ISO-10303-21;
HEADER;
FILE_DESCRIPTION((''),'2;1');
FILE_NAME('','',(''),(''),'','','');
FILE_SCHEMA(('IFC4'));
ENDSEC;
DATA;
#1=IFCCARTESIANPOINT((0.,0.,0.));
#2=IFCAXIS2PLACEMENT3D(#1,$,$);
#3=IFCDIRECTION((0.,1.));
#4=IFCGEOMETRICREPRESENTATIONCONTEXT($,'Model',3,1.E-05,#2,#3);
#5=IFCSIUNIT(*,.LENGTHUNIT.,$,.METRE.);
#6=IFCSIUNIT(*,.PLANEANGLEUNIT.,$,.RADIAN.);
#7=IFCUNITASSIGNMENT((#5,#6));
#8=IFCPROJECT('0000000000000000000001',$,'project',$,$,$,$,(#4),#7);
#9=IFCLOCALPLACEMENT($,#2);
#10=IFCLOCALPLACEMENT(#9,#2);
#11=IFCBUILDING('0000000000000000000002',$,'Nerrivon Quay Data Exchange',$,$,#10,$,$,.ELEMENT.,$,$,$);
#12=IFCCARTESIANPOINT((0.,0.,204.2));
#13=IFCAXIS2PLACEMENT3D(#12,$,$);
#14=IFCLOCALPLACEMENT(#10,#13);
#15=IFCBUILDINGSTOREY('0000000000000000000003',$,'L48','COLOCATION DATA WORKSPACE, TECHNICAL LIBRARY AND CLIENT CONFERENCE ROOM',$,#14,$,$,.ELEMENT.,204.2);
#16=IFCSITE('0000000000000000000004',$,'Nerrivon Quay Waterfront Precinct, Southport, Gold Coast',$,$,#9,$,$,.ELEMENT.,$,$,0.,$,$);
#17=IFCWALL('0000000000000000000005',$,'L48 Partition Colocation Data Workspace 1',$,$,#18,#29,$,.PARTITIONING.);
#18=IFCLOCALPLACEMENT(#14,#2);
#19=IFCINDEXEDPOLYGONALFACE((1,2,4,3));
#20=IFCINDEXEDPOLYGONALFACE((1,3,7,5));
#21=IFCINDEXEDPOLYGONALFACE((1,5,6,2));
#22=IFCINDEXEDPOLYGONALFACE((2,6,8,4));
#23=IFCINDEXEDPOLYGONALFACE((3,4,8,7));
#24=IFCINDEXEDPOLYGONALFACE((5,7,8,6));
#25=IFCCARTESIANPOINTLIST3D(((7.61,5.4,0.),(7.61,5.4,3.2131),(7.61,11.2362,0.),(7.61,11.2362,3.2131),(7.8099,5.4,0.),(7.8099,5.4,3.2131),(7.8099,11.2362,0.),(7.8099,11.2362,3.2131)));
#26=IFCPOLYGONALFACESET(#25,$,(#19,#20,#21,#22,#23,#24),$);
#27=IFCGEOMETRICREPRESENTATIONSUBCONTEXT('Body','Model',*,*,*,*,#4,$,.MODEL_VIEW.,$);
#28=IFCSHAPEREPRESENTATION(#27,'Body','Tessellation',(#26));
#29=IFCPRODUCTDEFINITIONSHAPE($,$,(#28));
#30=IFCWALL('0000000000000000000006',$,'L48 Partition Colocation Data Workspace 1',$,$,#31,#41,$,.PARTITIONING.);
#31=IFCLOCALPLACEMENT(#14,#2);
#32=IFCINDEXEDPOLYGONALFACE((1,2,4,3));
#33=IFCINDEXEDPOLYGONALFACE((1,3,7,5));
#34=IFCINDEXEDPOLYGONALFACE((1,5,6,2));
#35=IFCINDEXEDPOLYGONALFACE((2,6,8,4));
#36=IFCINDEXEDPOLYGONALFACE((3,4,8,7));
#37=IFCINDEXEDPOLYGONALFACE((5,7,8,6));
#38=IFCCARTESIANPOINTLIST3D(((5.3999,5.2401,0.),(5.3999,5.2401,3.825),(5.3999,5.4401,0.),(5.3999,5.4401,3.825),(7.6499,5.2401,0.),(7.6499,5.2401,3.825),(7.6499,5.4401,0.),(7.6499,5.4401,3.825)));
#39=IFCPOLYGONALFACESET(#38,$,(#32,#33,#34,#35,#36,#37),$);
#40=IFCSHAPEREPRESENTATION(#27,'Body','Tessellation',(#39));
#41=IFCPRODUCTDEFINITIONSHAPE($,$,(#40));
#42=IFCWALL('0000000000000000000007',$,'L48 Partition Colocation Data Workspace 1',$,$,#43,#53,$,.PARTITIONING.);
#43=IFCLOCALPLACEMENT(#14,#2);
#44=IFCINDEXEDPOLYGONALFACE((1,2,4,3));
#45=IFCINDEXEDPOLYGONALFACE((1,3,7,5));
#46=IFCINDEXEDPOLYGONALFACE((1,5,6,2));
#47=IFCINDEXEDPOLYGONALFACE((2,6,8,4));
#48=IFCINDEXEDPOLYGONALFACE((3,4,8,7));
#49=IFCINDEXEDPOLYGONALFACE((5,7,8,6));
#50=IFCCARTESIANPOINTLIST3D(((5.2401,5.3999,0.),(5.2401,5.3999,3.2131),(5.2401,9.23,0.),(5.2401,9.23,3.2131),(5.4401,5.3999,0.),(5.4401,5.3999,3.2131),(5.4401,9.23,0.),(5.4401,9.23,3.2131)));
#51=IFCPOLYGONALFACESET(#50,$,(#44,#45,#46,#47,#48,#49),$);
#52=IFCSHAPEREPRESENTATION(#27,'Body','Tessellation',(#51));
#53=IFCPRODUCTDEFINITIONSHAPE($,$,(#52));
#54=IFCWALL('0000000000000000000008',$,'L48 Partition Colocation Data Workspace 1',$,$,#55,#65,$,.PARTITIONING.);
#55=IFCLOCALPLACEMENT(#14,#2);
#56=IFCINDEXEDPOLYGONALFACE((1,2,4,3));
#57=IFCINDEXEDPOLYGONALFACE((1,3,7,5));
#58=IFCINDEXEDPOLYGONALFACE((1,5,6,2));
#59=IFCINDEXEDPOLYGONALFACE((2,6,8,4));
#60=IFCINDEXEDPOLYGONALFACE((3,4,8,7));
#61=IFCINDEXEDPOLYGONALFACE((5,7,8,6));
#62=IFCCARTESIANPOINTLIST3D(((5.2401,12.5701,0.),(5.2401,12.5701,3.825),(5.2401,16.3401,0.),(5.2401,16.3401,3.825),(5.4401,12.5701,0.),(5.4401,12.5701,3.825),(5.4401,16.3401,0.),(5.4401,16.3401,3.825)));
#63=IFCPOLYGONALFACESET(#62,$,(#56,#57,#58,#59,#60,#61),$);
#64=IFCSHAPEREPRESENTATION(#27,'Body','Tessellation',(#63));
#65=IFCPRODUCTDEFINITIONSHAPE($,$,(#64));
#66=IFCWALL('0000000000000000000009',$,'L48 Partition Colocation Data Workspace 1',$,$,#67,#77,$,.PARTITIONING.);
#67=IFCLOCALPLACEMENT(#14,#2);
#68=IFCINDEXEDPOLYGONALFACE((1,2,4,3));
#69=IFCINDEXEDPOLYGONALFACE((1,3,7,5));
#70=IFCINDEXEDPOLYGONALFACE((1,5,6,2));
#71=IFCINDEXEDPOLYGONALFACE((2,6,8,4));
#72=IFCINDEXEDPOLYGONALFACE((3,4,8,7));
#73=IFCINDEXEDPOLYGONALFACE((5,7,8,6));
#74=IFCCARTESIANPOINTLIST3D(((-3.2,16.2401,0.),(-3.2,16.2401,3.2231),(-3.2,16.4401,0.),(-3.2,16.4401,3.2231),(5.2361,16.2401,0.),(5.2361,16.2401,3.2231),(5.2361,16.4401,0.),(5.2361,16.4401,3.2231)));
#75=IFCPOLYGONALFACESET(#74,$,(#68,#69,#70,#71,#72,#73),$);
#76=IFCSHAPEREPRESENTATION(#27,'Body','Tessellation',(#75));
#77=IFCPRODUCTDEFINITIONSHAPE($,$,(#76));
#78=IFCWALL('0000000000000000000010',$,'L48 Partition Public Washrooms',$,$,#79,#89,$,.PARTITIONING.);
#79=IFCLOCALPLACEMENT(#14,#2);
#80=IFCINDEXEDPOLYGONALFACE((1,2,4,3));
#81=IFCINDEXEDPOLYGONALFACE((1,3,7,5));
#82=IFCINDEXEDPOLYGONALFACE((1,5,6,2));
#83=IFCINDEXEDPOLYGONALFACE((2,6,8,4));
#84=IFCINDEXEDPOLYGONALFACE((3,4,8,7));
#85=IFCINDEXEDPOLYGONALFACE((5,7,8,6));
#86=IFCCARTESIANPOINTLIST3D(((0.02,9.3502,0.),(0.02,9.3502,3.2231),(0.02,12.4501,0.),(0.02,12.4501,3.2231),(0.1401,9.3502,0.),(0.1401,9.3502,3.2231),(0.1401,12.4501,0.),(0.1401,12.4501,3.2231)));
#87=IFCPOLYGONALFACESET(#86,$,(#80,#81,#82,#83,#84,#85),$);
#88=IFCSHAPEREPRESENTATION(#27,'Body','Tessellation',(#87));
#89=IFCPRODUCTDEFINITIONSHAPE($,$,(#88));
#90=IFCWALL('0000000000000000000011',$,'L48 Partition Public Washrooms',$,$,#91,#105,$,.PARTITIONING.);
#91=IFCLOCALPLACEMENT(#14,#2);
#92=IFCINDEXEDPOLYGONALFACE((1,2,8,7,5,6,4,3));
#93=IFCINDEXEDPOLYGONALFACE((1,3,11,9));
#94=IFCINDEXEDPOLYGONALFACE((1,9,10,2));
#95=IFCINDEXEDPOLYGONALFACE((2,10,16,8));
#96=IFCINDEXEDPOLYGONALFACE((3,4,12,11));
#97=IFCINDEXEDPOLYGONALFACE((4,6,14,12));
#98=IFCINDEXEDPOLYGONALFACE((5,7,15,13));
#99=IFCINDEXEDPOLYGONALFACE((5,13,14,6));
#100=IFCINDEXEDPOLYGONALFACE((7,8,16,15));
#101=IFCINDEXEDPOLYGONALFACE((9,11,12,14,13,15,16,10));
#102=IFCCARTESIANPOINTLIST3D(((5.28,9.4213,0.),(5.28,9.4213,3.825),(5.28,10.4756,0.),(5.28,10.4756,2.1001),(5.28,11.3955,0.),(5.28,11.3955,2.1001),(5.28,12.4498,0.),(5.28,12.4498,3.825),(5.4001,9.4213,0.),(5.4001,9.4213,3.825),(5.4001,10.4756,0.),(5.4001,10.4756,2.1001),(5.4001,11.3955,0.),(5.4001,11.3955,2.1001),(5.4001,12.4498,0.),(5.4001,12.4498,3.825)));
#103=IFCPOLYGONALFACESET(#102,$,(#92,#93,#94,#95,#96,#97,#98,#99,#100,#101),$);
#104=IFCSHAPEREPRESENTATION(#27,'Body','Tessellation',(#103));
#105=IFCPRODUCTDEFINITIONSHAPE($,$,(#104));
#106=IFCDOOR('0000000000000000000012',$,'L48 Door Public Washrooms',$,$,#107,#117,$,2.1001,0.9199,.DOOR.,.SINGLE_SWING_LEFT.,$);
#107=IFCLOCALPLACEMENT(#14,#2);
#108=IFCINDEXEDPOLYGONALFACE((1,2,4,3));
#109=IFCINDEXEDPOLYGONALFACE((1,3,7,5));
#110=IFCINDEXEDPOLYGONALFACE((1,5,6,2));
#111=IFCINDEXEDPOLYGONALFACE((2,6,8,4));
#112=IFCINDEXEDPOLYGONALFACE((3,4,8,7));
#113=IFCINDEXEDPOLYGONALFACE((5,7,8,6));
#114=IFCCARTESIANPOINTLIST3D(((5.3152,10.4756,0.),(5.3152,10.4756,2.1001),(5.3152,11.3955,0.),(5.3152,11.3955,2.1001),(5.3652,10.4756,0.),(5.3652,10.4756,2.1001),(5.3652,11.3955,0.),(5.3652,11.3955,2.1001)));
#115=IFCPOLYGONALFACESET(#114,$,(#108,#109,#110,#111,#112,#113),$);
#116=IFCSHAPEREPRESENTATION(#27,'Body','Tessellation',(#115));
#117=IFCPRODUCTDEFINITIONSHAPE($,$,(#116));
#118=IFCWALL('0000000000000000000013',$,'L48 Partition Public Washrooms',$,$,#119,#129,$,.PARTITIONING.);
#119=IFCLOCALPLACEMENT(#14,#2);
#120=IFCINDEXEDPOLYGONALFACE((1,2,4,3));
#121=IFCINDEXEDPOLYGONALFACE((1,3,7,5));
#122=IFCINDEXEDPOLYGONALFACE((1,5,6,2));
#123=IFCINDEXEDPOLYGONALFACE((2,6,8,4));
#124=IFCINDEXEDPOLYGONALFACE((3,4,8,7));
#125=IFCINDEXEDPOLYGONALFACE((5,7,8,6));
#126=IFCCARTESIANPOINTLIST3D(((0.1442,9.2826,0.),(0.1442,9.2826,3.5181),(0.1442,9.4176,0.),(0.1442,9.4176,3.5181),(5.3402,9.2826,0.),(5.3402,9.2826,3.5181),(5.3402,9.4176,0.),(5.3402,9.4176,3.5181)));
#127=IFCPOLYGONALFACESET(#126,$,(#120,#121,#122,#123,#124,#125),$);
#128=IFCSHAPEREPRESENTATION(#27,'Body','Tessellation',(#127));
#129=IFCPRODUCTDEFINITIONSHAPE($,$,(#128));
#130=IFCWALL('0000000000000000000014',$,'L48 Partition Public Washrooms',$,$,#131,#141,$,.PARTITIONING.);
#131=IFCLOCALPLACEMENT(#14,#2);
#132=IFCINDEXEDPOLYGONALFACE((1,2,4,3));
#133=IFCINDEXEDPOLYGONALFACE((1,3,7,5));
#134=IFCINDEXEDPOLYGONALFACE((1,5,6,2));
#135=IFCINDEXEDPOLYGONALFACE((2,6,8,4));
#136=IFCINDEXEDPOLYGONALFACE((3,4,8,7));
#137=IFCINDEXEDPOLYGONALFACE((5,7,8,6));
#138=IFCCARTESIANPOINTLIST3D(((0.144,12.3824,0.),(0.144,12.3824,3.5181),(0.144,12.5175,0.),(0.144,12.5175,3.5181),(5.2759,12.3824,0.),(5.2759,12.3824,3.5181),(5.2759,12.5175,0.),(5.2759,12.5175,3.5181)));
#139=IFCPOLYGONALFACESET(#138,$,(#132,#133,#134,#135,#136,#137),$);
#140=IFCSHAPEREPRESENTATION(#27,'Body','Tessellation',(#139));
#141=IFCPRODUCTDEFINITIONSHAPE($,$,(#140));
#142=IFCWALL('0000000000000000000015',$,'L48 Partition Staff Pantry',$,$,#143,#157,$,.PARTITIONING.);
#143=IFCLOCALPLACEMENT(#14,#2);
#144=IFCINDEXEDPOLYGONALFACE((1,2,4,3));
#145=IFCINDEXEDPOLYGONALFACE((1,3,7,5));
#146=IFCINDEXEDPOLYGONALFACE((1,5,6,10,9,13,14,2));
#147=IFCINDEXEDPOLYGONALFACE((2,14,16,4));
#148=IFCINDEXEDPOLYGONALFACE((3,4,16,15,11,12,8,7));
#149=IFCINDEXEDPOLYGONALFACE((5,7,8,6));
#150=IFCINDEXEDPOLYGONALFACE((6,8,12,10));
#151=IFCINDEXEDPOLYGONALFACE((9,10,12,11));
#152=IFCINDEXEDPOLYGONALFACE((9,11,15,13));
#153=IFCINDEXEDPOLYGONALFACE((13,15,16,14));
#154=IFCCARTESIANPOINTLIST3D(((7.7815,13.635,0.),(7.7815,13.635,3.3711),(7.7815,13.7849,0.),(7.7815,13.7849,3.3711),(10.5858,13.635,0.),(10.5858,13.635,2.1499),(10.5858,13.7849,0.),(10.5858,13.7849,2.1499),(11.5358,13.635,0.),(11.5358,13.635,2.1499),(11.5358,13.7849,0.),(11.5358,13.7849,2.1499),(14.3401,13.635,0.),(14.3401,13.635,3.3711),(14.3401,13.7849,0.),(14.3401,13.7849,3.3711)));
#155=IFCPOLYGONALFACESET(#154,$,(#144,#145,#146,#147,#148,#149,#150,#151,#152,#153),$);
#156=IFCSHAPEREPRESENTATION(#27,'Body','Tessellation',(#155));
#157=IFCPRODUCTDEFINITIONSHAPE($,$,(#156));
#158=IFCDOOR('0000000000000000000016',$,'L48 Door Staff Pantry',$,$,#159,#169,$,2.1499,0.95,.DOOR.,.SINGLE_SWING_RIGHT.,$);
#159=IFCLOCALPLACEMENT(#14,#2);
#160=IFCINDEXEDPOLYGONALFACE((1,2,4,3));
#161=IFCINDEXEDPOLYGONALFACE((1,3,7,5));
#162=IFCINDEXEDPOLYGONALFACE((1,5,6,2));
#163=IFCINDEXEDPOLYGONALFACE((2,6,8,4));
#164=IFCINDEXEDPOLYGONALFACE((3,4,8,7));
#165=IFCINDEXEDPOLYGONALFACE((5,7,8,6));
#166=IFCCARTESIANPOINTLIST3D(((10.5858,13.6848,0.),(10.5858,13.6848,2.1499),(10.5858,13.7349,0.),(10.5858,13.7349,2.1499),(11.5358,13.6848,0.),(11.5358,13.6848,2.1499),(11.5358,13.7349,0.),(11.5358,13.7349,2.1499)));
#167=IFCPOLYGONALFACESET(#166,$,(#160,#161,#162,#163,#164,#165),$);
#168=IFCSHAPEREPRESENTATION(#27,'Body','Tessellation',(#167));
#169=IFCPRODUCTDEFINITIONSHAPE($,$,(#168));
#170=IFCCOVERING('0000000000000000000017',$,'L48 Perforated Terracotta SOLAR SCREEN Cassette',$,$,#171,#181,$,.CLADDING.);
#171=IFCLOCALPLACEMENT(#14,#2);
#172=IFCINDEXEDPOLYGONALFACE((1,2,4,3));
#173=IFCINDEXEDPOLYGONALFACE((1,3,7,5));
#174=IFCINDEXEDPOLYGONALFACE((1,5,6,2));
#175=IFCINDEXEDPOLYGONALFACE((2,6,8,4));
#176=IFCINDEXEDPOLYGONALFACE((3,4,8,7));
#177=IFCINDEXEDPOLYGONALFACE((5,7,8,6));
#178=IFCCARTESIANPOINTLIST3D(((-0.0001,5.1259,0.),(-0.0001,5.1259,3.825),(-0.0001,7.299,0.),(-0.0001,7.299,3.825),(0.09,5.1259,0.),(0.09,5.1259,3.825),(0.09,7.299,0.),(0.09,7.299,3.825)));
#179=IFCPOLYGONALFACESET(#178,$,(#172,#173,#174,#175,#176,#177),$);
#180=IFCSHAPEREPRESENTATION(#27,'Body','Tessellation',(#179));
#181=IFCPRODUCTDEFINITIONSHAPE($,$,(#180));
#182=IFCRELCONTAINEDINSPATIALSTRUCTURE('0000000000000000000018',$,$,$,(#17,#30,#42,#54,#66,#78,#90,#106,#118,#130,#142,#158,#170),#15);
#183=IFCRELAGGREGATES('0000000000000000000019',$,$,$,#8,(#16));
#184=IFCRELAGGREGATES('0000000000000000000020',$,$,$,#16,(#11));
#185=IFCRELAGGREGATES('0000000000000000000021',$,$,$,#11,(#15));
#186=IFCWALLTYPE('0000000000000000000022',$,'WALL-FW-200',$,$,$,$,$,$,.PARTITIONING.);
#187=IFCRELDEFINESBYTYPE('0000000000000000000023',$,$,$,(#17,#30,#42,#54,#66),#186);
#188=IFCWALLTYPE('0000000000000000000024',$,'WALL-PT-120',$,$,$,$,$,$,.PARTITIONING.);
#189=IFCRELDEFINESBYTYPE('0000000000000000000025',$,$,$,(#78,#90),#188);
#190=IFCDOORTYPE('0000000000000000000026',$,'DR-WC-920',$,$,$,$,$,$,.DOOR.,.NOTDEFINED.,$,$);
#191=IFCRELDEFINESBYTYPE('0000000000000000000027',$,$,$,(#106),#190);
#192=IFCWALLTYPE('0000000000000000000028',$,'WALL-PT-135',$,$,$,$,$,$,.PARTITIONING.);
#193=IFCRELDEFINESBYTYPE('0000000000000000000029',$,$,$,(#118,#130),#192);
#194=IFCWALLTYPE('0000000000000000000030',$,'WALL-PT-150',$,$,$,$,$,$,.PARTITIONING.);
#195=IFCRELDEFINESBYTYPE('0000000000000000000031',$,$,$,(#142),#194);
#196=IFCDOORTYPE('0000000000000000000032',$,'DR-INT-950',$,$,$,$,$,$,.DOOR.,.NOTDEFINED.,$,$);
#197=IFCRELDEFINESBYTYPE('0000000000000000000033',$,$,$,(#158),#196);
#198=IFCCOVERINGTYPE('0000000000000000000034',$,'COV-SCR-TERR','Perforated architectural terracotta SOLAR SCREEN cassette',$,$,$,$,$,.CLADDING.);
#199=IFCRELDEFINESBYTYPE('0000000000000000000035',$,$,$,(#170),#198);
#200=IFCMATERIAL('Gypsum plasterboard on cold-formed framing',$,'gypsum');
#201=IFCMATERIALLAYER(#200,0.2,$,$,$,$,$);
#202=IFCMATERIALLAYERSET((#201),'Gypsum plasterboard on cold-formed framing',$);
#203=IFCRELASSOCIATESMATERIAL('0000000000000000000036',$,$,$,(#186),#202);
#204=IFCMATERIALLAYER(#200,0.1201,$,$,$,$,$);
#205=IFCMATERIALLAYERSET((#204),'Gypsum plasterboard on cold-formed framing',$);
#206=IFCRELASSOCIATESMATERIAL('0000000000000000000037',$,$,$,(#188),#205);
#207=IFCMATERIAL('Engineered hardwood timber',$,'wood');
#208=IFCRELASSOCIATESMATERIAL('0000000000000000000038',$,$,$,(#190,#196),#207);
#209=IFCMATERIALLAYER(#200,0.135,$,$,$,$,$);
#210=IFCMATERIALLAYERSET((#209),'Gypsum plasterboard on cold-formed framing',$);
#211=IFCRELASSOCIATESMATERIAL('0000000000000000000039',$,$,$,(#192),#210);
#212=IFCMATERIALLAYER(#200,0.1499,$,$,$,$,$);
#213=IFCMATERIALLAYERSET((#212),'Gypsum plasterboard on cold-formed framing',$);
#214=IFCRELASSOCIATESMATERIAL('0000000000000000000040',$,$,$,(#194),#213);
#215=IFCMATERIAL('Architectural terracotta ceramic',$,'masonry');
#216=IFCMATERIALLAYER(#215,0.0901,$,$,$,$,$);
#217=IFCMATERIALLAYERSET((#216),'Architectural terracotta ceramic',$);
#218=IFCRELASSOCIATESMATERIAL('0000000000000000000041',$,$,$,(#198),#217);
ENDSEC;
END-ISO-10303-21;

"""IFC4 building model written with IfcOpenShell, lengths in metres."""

from ifc_helpers import new_model, si_unit, direction, frame, frame_2d, origin, origin_2d, place, context, subcontext, project, spatial, rectangle, extrude, material, layer, layer_set, type_object, element, fill, save


model = new_model("IFC4")

# Units and contexts
model_context = context("Model", 3, precision=1e-05, world=origin(), true_north=direction((0.0, 1.0)))
body_context = subcontext(model_context, "Body", "Model", "MODEL_VIEW")
ifc_project = project(units=[si_unit("LENGTHUNIT", "METRE"), si_unit("PLANEANGLEUNIT", "RADIAN")], contexts=[model_context])

# Site, building, storey
site_placement = place(None, origin())
site = spatial("IfcSite", under=ifc_project, at=site_placement, Name="Nerrivon Quay Waterfront Precinct, Southport, Gold Coast", CompositionType="ELEMENT", RefElevation=0.0)
building_placement = place(site_placement, origin())
building = spatial("IfcBuilding", under=site, at=building_placement, Name="Nerrivon Quay Data Exchange", CompositionType="ELEMENT")
storey_placement = place(building_placement, frame((0.0, 0.0, 204.2)))
storey = spatial("IfcBuildingStorey", under=building, at=storey_placement, Name="L48", Description="COLOCATION DATA WORKSPACE, TECHNICAL LIBRARY AND CLIENT CONFERENCE ROOM", CompositionType="ELEMENT", Elevation=204.2)

# Walls
ifc_material_1 = material(Name="Gypsum plasterboard on cold-formed framing", Category="gypsum")
ifc_layer_1 = layer(ifc_material_1, 0.2)
ifc_layer_set_1 = layer_set([ifc_layer_1], Name="Gypsum plasterboard on cold-formed framing")
wall_type_1 = type_object("IfcWallType", Name="WALL-FW-200", PredefinedType="PARTITIONING", material=ifc_layer_set_1)
wall_1_placement = place(storey_placement, frame((7.71, 11.2361, 0.0), z_axis=(0.0, 0.0, 1.0), x_axis=(0.0, -1.0, 0.0)))
element("IfcWall", 1, at=wall_1_placement, inside=storey, type_object=wall_type_1, Name="L48 Partition Colocation Data Workspace 1", PredefinedType="PARTITIONING", context=body_context, shape_type="SweptSolid", body=[
    extrude(rectangle(XDim=5.8362, YDim=0.2, at=frame_2d((2.918, 0.0))), origin(), (0.0, 0.0, 1.0), 3.2131),
])
wall_2_placement = place(storey_placement, frame((7.6499, 5.3401, 0.0), z_axis=(0.0, 0.0, 1.0), x_axis=(-1.0, 0.0, 0.0)))
element("IfcWall", 2, at=wall_2_placement, inside=storey, type_object=wall_type_1, Name="L48 Partition Colocation Data Workspace 1", PredefinedType="PARTITIONING", context=body_context, shape_type="SweptSolid", body=[
    extrude(rectangle(XDim=2.25, YDim=0.2, at=frame_2d((1.125, 0.0))), origin(), (0.0, 0.0, 1.0), 3.825),
])
wall_3_placement = place(storey_placement, frame((5.3401, 5.3999, 0.0), z_axis=(0.0, 0.0, 1.0), x_axis=(0.0, 1.0, 0.0)))
element("IfcWall", 3, at=wall_3_placement, inside=storey, type_object=wall_type_1, Name="L48 Partition Colocation Data Workspace 1", PredefinedType="PARTITIONING", context=body_context, shape_type="SweptSolid", body=[
    extrude(rectangle(XDim=3.8301, YDim=0.2, at=frame_2d((1.915, 0.0))), origin(), (0.0, 0.0, 1.0), 3.2131),
])
wall_4_placement = place(storey_placement, frame((5.3401, 12.5701, 0.0), z_axis=(0.0, 0.0, 1.0), x_axis=(0.0, 1.0, 0.0)))
element("IfcWall", 4, at=wall_4_placement, inside=storey, type_object=wall_type_1, Name="L48 Partition Colocation Data Workspace 1", PredefinedType="PARTITIONING", context=body_context, shape_type="SweptSolid", body=[
    extrude(rectangle(XDim=3.77, YDim=0.2, at=frame_2d((1.885, 0.0))), origin(), (0.0, 0.0, 1.0), 3.825),
])
wall_5_placement = place(storey_placement, frame((5.2361, 16.3401, 0.0), z_axis=(0.0, 0.0, 1.0), x_axis=(-1.0, 0.0, 0.0)))
element("IfcWall", 5, at=wall_5_placement, inside=storey, type_object=wall_type_1, Name="L48 Partition Colocation Data Workspace 1", PredefinedType="PARTITIONING", context=body_context, shape_type="SweptSolid", body=[
    extrude(rectangle(XDim=8.436, YDim=0.2, at=frame_2d((4.218, 0.0))), origin(), (0.0, 0.0, 1.0), 3.2231),
])
ifc_layer_2 = layer(ifc_material_1, 0.1201)
ifc_layer_set_2 = layer_set([ifc_layer_2], Name="Gypsum plasterboard on cold-formed framing")
wall_type_2 = type_object("IfcWallType", Name="WALL-PT-120", PredefinedType="PARTITIONING", material=ifc_layer_set_2)
wall_6_placement = place(storey_placement, frame((0.0801, 12.45, 0.0), z_axis=(0.0, 0.0, 1.0), x_axis=(0.0, -1.0, 0.0)))
element("IfcWall", 6, at=wall_6_placement, inside=storey, type_object=wall_type_2, Name="L48 Partition Public Washrooms", PredefinedType="PARTITIONING", context=body_context, shape_type="SweptSolid", body=[
    extrude(rectangle(XDim=3.0999, YDim=0.1201, at=frame_2d((1.5498, 0.0))), origin(), (0.0, 0.0, 1.0), 3.2231),
])

# Wall, opening, door
wall_7_placement = place(storey_placement, frame((5.3401, 9.4214, 0.0), z_axis=(0.0, 0.0, 1.0), x_axis=(0.0, 1.0, 0.0)))
wall_7 = element("IfcWall", 7, at=wall_7_placement, inside=storey, type_object=wall_type_2, Name="L48 Partition Public Washrooms", PredefinedType="PARTITIONING", context=body_context, shape_type="SweptSolid", body=[
    extrude(rectangle(XDim=3.0286, YDim=0.1201, at=frame_2d((1.5142, 0.0))), origin(), (0.0, 0.0, 1.0), 3.825),
])
opening_1_placement = place(wall_7_placement, frame((1.0542, 0.0, 0.0)))
opening_1 = element("IfcOpeningElement", 8, at=opening_1_placement, cuts=wall_7, PredefinedType="OPENING", context=body_context, shape_type="SweptSolid", body=[
    extrude(rectangle(XDim=0.9199, YDim=2.1001, at=frame_2d((0.46, 1.05))), frame((0.0, 0.0701, 0.0), z_axis=(0.0, -1.0, 0.0), x_axis=(1.0, 0.0, 0.0)), (0.0, 0.0, 1.0), 0.1401),
])
ifc_material_2 = material(Name="Engineered hardwood timber", Category="wood")
door_type_1 = type_object("IfcDoorType", Name="DR-WC-920", OperationType="NOTDEFINED", PredefinedType="DOOR", material=ifc_material_2)
door_1_placement = place(opening_1_placement, origin())
door_1 = element("IfcDoor", 9, at=door_1_placement, inside=storey, type_object=door_type_1, Name="L48 Door Public Washrooms", OperationType="SINGLE_SWING_LEFT", OverallHeight=2.1001, OverallWidth=0.9199, PredefinedType="DOOR", context=body_context, shape_type="SweptSolid", body=[
    extrude(rectangle(XDim=0.9199, YDim=2.1001, at=frame_2d((0.46, 1.05))), frame((0.0, 0.0249, 0.0), z_axis=(0.0, -1.0, 0.0), x_axis=(1.0, 0.0, 0.0)), (0.0, 0.0, 1.0), 0.05),
])
fill(opening_1, door_1)

# Walls
ifc_layer_3 = layer(ifc_material_1, 0.135)
ifc_layer_set_3 = layer_set([ifc_layer_3], Name="Gypsum plasterboard on cold-formed framing")
wall_type_3 = type_object("IfcWallType", Name="WALL-PT-135", PredefinedType="PARTITIONING", material=ifc_layer_set_3)
wall_8_placement = place(storey_placement, frame((0.144, 9.3501, 0.0), z_axis=(0.0, 0.0, 1.0), x_axis=(1.0, 0.0, 0.0)))
element("IfcWall", 10, at=wall_8_placement, inside=storey, type_object=wall_type_3, Name="L48 Partition Public Washrooms", PredefinedType="PARTITIONING", context=body_context, shape_type="SweptSolid", body=[
    extrude(rectangle(XDim=5.196, YDim=0.135, at=frame_2d((2.5981, 0.0))), origin(), (0.0, 0.0, 1.0), 3.5181),
])
wall_9_placement = place(storey_placement, frame((5.2759, 12.45, 0.0), z_axis=(0.0, 0.0, 1.0), x_axis=(-1.0, 0.0, 0.0)))
element("IfcWall", 11, at=wall_9_placement, inside=storey, type_object=wall_type_3, Name="L48 Partition Public Washrooms", PredefinedType="PARTITIONING", context=body_context, shape_type="SweptSolid", body=[
    extrude(rectangle(XDim=5.1318, YDim=0.135, at=frame_2d((2.5659, 0.0))), origin(), (0.0, 0.0, 1.0), 3.5181),
])

# Wall, opening, door
ifc_layer_4 = layer(ifc_material_1, 0.1499)
ifc_layer_set_4 = layer_set([ifc_layer_4], Name="Gypsum plasterboard on cold-formed framing")
wall_type_4 = type_object("IfcWallType", Name="WALL-PT-150", PredefinedType="PARTITIONING", material=ifc_layer_set_4)
wall_10_placement = place(storey_placement, frame((7.7815, 13.71, 0.0), z_axis=(0.0, 0.0, 1.0), x_axis=(1.0, 0.0, 0.0)))
wall_10 = element("IfcWall", 12, at=wall_10_placement, inside=storey, type_object=wall_type_4, Name="L48 Partition Staff Pantry", PredefinedType="PARTITIONING", context=body_context, shape_type="SweptSolid", body=[
    extrude(rectangle(XDim=6.5586, YDim=0.1499, at=frame_2d((3.2793, 0.0))), origin(), (0.0, 0.0, 1.0), 3.3711),
])
opening_2_placement = place(wall_10_placement, frame((2.8042, 0.0, 0.0)))
opening_2 = element("IfcOpeningElement", 13, at=opening_2_placement, cuts=wall_10, PredefinedType="OPENING", context=body_context, shape_type="SweptSolid", body=[
    extrude(rectangle(XDim=0.95, YDim=2.1499, at=frame_2d((0.4751, 1.075))), frame((0.0, 0.085, 0.0), z_axis=(0.0, -1.0, 0.0), x_axis=(1.0, 0.0, 0.0)), (0.0, 0.0, 1.0), 0.1699),
])
door_type_2 = type_object("IfcDoorType", Name="DR-INT-950", OperationType="NOTDEFINED", PredefinedType="DOOR", material=ifc_material_2)
door_2_placement = place(opening_2_placement, origin())
door_2 = element("IfcDoor", 14, at=door_2_placement, inside=storey, type_object=door_type_2, Name="L48 Door Staff Pantry", OperationType="SINGLE_SWING_RIGHT", OverallHeight=2.1499, OverallWidth=0.95, PredefinedType="DOOR", context=body_context, shape_type="SweptSolid", body=[
    extrude(rectangle(XDim=0.95, YDim=2.1499, at=frame_2d((0.4751, 1.075))), frame((0.0, 0.0249, 0.0), z_axis=(0.0, -1.0, 0.0), x_axis=(1.0, 0.0, 0.0)), (0.0, 0.0, 1.0), 0.05),
])
fill(opening_2, door_2)

# Covering
ifc_material_3 = material(Name="Architectural terracotta ceramic", Category="masonry")
ifc_layer_5 = layer(ifc_material_3, 0.0901)
ifc_layer_set_5 = layer_set([ifc_layer_5], Name="Architectural terracotta ceramic")
covering_type = type_object("IfcCoveringType", Name="COV-SCR-TERR", Description="Perforated architectural terracotta SOLAR SCREEN cassette", PredefinedType="CLADDING", material=ifc_layer_set_5)
covering_placement = place(storey_placement, frame((0.0449, 6.2124, 0.0), z_axis=(0.0, 0.0, 1.0), x_axis=(0.0, 1.0, 0.0)))
element("IfcCovering", 15, at=covering_placement, inside=storey, type_object=covering_type, Name="L48 Perforated Terracotta SOLAR SCREEN Cassette", PredefinedType="CLADDING", context=body_context, shape_type="SweptSolid", body=[
    extrude(rectangle(XDim=2.1731, YDim=0.0901, at=origin_2d()), origin(), (0.0, 0.0, 1.0), 3.825),
])

save(model, "model.ifc")
